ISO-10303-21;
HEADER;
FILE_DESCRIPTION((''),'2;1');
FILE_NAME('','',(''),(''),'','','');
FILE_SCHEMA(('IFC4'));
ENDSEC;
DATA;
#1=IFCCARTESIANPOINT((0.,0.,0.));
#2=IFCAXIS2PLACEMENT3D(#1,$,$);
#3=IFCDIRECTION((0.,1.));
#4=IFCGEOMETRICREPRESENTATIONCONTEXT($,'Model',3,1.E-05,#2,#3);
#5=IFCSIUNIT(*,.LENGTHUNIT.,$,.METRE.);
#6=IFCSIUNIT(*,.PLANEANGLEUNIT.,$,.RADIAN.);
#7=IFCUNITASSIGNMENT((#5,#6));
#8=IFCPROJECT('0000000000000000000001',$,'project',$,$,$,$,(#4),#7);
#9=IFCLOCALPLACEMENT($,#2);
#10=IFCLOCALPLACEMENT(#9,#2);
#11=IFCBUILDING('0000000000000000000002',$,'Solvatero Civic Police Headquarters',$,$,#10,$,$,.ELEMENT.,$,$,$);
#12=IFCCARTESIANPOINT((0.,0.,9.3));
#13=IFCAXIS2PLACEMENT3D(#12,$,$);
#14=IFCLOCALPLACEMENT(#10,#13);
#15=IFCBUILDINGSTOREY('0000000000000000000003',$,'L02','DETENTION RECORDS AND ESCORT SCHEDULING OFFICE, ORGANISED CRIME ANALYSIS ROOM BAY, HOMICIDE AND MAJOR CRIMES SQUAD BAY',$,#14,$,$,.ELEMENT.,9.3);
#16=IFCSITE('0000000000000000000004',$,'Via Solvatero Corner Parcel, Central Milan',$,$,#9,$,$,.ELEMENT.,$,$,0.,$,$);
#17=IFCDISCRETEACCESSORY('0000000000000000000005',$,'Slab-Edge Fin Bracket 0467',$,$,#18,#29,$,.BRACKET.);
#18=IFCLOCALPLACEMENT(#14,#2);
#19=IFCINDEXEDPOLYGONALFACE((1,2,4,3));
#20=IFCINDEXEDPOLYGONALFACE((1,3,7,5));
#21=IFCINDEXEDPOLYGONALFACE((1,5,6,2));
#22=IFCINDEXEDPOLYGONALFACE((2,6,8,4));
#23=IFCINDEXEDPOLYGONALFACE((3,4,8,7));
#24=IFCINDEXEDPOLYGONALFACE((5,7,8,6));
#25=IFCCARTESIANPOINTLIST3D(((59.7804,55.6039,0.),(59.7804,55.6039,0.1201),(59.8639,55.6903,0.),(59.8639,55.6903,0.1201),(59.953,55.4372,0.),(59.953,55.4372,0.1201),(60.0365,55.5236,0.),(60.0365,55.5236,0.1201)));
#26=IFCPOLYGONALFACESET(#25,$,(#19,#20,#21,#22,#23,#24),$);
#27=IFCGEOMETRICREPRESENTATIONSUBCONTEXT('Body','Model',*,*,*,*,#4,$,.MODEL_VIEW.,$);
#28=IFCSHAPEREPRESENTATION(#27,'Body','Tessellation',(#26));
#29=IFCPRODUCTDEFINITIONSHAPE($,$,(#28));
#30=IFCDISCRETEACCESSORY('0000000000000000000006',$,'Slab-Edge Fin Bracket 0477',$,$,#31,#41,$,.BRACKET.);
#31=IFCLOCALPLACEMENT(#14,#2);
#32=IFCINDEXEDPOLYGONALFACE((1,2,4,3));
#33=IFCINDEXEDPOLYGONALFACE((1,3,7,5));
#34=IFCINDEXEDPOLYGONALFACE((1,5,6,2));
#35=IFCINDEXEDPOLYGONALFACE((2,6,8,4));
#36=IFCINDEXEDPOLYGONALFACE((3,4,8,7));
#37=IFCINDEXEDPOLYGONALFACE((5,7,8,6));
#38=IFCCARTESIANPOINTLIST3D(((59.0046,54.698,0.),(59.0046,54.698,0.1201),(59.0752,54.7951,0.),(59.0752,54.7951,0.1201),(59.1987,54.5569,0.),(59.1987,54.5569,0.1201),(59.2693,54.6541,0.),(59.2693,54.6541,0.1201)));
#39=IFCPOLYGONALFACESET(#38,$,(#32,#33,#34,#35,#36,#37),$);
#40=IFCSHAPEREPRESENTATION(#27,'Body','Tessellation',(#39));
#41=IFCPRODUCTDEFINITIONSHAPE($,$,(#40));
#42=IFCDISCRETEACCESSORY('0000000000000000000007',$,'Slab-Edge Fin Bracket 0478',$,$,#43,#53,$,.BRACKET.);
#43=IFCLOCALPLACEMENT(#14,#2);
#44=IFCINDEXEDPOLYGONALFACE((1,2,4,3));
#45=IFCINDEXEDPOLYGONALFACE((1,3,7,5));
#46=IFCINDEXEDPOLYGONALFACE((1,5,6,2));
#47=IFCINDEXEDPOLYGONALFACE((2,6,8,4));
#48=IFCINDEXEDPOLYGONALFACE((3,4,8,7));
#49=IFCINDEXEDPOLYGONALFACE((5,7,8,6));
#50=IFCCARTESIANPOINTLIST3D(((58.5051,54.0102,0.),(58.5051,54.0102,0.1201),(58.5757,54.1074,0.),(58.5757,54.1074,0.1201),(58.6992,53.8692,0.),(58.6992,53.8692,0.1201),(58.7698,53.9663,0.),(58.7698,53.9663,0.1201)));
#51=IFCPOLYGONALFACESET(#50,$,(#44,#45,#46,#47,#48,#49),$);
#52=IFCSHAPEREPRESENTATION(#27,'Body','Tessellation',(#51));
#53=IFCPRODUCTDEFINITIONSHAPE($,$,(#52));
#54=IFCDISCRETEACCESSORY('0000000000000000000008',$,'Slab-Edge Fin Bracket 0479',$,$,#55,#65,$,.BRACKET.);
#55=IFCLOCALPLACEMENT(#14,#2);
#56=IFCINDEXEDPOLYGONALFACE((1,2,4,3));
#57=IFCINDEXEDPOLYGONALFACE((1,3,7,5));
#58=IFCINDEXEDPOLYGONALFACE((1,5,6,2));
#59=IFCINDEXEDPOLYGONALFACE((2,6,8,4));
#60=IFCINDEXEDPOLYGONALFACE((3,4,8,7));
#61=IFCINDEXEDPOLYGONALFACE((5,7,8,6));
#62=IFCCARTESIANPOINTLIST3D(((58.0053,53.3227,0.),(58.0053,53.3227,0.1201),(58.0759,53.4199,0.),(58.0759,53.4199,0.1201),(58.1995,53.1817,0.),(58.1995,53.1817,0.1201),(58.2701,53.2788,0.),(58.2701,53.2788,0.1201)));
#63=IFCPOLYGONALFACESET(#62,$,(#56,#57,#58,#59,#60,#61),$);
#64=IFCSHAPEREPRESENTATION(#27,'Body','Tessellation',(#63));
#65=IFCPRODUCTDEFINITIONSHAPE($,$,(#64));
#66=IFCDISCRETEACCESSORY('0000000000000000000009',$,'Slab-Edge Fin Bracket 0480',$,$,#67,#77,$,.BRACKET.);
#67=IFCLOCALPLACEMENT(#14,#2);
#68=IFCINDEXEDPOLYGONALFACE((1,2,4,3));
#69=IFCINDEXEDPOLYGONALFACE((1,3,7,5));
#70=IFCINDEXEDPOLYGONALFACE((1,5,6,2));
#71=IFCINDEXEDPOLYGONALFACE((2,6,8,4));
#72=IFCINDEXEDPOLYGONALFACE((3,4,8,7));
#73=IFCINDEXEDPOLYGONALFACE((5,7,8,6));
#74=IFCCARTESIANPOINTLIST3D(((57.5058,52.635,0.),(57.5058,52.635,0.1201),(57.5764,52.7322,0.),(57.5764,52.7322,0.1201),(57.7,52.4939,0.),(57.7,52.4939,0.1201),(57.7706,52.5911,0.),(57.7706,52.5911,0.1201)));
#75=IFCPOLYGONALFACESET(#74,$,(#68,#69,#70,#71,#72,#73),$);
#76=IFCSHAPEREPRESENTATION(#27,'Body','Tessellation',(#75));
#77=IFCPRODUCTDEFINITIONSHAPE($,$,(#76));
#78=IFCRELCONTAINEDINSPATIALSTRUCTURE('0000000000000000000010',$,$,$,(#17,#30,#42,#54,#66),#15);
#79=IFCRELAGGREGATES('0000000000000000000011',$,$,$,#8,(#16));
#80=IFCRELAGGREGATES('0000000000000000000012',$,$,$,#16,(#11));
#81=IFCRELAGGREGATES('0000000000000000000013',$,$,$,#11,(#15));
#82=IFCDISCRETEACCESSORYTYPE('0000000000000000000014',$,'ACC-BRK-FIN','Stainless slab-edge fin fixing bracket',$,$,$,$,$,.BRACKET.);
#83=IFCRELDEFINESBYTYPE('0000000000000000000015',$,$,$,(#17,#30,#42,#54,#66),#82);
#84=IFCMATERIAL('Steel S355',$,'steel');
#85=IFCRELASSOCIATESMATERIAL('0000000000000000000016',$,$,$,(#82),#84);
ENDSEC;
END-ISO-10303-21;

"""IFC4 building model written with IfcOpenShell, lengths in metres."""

from ifc_helpers import new_model, si_unit, direction, frame, origin, origin_2d, place, context, subcontext, project, spatial, rectangle, extrude, material, type_object, element, save


model = new_model("IFC4")

# Units and contexts
model_context = context("Model", 3, precision=1e-05, world=origin(), true_north=direction((0.0, 1.0)))
body_context = subcontext(model_context, "Body", "Model", "MODEL_VIEW")
ifc_project = project(units=[si_unit("LENGTHUNIT", "METRE"), si_unit("PLANEANGLEUNIT", "RADIAN")], contexts=[model_context])

# Site, building, storey
site_placement = place(None, origin())
site = spatial("IfcSite", under=ifc_project, at=site_placement, Name="Via Solvatero Corner Parcel, Central Milan", CompositionType="ELEMENT", RefElevation=0.0)
building_placement = place(site_placement, origin())
building = spatial("IfcBuilding", under=site, at=building_placement, Name="Solvatero Civic Police Headquarters", CompositionType="ELEMENT")
storey_placement = place(building_placement, frame((0.0, 0.0, 9.3)))
storey = spatial("IfcBuildingStorey", under=building, at=storey_placement, Name="L02", Description="DETENTION RECORDS AND ESCORT SCHEDULING OFFICE, ORGANISED CRIME ANALYSIS ROOM BAY, HOMICIDE AND MAJOR CRIMES SQUAD BAY", CompositionType="ELEMENT", Elevation=9.3)

# Shared definitions
ifc_material_1 = material(Name="Steel S355", Category="steel")

# Discrete accessories
discrete_accessory_type = type_object("IfcDiscreteAccessoryType", Name="ACC-BRK-FIN", Description="Stainless slab-edge fin fixing bracket", PredefinedType="BRACKET", material=ifc_material_1)
for number, where, z_axis, x_axis, name in (
    (1, (59.9084, 55.5637, 0.0), (0.0, 0.0, 1.0), (-0.694658, -0.71934, 0.0), "Slab-Edge Fin Bracket 0467"),
    (2, (59.137, 54.676, 0.0), (0.0, 0.0, 1.0), (-0.587785, -0.809017, 0.0), "Slab-Edge Fin Bracket 0477"),
    (3, (58.6375, 53.9883, 0.0), (0.0, 0.0, 1.0), (-0.587785, -0.809017, 0.0), "Slab-Edge Fin Bracket 0478"),
    (4, (58.1377, 53.3008, 0.0), (0.0, 0.0, 1.0), (-0.587785, -0.809017, 0.0), "Slab-Edge Fin Bracket 0479"),
    (5, (57.6382, 52.613, 0.0), (0.0, 0.0, 1.0), (-0.587785, -0.809017, 0.0), "Slab-Edge Fin Bracket 0480"),
):
    element("IfcDiscreteAccessory", number, at=place(storey_placement, frame(where, z_axis=z_axis, x_axis=x_axis)), inside=storey, type_object=discrete_accessory_type, Name=name, PredefinedType="BRACKET", context=body_context, shape_type="SweptSolid", body=[
        extrude(rectangle(XDim=0.1201, YDim=0.24, at=origin_2d()), origin(), (0.0, 0.0, 1.0), 0.1201),
    ])

save(model, "model.ifc")
